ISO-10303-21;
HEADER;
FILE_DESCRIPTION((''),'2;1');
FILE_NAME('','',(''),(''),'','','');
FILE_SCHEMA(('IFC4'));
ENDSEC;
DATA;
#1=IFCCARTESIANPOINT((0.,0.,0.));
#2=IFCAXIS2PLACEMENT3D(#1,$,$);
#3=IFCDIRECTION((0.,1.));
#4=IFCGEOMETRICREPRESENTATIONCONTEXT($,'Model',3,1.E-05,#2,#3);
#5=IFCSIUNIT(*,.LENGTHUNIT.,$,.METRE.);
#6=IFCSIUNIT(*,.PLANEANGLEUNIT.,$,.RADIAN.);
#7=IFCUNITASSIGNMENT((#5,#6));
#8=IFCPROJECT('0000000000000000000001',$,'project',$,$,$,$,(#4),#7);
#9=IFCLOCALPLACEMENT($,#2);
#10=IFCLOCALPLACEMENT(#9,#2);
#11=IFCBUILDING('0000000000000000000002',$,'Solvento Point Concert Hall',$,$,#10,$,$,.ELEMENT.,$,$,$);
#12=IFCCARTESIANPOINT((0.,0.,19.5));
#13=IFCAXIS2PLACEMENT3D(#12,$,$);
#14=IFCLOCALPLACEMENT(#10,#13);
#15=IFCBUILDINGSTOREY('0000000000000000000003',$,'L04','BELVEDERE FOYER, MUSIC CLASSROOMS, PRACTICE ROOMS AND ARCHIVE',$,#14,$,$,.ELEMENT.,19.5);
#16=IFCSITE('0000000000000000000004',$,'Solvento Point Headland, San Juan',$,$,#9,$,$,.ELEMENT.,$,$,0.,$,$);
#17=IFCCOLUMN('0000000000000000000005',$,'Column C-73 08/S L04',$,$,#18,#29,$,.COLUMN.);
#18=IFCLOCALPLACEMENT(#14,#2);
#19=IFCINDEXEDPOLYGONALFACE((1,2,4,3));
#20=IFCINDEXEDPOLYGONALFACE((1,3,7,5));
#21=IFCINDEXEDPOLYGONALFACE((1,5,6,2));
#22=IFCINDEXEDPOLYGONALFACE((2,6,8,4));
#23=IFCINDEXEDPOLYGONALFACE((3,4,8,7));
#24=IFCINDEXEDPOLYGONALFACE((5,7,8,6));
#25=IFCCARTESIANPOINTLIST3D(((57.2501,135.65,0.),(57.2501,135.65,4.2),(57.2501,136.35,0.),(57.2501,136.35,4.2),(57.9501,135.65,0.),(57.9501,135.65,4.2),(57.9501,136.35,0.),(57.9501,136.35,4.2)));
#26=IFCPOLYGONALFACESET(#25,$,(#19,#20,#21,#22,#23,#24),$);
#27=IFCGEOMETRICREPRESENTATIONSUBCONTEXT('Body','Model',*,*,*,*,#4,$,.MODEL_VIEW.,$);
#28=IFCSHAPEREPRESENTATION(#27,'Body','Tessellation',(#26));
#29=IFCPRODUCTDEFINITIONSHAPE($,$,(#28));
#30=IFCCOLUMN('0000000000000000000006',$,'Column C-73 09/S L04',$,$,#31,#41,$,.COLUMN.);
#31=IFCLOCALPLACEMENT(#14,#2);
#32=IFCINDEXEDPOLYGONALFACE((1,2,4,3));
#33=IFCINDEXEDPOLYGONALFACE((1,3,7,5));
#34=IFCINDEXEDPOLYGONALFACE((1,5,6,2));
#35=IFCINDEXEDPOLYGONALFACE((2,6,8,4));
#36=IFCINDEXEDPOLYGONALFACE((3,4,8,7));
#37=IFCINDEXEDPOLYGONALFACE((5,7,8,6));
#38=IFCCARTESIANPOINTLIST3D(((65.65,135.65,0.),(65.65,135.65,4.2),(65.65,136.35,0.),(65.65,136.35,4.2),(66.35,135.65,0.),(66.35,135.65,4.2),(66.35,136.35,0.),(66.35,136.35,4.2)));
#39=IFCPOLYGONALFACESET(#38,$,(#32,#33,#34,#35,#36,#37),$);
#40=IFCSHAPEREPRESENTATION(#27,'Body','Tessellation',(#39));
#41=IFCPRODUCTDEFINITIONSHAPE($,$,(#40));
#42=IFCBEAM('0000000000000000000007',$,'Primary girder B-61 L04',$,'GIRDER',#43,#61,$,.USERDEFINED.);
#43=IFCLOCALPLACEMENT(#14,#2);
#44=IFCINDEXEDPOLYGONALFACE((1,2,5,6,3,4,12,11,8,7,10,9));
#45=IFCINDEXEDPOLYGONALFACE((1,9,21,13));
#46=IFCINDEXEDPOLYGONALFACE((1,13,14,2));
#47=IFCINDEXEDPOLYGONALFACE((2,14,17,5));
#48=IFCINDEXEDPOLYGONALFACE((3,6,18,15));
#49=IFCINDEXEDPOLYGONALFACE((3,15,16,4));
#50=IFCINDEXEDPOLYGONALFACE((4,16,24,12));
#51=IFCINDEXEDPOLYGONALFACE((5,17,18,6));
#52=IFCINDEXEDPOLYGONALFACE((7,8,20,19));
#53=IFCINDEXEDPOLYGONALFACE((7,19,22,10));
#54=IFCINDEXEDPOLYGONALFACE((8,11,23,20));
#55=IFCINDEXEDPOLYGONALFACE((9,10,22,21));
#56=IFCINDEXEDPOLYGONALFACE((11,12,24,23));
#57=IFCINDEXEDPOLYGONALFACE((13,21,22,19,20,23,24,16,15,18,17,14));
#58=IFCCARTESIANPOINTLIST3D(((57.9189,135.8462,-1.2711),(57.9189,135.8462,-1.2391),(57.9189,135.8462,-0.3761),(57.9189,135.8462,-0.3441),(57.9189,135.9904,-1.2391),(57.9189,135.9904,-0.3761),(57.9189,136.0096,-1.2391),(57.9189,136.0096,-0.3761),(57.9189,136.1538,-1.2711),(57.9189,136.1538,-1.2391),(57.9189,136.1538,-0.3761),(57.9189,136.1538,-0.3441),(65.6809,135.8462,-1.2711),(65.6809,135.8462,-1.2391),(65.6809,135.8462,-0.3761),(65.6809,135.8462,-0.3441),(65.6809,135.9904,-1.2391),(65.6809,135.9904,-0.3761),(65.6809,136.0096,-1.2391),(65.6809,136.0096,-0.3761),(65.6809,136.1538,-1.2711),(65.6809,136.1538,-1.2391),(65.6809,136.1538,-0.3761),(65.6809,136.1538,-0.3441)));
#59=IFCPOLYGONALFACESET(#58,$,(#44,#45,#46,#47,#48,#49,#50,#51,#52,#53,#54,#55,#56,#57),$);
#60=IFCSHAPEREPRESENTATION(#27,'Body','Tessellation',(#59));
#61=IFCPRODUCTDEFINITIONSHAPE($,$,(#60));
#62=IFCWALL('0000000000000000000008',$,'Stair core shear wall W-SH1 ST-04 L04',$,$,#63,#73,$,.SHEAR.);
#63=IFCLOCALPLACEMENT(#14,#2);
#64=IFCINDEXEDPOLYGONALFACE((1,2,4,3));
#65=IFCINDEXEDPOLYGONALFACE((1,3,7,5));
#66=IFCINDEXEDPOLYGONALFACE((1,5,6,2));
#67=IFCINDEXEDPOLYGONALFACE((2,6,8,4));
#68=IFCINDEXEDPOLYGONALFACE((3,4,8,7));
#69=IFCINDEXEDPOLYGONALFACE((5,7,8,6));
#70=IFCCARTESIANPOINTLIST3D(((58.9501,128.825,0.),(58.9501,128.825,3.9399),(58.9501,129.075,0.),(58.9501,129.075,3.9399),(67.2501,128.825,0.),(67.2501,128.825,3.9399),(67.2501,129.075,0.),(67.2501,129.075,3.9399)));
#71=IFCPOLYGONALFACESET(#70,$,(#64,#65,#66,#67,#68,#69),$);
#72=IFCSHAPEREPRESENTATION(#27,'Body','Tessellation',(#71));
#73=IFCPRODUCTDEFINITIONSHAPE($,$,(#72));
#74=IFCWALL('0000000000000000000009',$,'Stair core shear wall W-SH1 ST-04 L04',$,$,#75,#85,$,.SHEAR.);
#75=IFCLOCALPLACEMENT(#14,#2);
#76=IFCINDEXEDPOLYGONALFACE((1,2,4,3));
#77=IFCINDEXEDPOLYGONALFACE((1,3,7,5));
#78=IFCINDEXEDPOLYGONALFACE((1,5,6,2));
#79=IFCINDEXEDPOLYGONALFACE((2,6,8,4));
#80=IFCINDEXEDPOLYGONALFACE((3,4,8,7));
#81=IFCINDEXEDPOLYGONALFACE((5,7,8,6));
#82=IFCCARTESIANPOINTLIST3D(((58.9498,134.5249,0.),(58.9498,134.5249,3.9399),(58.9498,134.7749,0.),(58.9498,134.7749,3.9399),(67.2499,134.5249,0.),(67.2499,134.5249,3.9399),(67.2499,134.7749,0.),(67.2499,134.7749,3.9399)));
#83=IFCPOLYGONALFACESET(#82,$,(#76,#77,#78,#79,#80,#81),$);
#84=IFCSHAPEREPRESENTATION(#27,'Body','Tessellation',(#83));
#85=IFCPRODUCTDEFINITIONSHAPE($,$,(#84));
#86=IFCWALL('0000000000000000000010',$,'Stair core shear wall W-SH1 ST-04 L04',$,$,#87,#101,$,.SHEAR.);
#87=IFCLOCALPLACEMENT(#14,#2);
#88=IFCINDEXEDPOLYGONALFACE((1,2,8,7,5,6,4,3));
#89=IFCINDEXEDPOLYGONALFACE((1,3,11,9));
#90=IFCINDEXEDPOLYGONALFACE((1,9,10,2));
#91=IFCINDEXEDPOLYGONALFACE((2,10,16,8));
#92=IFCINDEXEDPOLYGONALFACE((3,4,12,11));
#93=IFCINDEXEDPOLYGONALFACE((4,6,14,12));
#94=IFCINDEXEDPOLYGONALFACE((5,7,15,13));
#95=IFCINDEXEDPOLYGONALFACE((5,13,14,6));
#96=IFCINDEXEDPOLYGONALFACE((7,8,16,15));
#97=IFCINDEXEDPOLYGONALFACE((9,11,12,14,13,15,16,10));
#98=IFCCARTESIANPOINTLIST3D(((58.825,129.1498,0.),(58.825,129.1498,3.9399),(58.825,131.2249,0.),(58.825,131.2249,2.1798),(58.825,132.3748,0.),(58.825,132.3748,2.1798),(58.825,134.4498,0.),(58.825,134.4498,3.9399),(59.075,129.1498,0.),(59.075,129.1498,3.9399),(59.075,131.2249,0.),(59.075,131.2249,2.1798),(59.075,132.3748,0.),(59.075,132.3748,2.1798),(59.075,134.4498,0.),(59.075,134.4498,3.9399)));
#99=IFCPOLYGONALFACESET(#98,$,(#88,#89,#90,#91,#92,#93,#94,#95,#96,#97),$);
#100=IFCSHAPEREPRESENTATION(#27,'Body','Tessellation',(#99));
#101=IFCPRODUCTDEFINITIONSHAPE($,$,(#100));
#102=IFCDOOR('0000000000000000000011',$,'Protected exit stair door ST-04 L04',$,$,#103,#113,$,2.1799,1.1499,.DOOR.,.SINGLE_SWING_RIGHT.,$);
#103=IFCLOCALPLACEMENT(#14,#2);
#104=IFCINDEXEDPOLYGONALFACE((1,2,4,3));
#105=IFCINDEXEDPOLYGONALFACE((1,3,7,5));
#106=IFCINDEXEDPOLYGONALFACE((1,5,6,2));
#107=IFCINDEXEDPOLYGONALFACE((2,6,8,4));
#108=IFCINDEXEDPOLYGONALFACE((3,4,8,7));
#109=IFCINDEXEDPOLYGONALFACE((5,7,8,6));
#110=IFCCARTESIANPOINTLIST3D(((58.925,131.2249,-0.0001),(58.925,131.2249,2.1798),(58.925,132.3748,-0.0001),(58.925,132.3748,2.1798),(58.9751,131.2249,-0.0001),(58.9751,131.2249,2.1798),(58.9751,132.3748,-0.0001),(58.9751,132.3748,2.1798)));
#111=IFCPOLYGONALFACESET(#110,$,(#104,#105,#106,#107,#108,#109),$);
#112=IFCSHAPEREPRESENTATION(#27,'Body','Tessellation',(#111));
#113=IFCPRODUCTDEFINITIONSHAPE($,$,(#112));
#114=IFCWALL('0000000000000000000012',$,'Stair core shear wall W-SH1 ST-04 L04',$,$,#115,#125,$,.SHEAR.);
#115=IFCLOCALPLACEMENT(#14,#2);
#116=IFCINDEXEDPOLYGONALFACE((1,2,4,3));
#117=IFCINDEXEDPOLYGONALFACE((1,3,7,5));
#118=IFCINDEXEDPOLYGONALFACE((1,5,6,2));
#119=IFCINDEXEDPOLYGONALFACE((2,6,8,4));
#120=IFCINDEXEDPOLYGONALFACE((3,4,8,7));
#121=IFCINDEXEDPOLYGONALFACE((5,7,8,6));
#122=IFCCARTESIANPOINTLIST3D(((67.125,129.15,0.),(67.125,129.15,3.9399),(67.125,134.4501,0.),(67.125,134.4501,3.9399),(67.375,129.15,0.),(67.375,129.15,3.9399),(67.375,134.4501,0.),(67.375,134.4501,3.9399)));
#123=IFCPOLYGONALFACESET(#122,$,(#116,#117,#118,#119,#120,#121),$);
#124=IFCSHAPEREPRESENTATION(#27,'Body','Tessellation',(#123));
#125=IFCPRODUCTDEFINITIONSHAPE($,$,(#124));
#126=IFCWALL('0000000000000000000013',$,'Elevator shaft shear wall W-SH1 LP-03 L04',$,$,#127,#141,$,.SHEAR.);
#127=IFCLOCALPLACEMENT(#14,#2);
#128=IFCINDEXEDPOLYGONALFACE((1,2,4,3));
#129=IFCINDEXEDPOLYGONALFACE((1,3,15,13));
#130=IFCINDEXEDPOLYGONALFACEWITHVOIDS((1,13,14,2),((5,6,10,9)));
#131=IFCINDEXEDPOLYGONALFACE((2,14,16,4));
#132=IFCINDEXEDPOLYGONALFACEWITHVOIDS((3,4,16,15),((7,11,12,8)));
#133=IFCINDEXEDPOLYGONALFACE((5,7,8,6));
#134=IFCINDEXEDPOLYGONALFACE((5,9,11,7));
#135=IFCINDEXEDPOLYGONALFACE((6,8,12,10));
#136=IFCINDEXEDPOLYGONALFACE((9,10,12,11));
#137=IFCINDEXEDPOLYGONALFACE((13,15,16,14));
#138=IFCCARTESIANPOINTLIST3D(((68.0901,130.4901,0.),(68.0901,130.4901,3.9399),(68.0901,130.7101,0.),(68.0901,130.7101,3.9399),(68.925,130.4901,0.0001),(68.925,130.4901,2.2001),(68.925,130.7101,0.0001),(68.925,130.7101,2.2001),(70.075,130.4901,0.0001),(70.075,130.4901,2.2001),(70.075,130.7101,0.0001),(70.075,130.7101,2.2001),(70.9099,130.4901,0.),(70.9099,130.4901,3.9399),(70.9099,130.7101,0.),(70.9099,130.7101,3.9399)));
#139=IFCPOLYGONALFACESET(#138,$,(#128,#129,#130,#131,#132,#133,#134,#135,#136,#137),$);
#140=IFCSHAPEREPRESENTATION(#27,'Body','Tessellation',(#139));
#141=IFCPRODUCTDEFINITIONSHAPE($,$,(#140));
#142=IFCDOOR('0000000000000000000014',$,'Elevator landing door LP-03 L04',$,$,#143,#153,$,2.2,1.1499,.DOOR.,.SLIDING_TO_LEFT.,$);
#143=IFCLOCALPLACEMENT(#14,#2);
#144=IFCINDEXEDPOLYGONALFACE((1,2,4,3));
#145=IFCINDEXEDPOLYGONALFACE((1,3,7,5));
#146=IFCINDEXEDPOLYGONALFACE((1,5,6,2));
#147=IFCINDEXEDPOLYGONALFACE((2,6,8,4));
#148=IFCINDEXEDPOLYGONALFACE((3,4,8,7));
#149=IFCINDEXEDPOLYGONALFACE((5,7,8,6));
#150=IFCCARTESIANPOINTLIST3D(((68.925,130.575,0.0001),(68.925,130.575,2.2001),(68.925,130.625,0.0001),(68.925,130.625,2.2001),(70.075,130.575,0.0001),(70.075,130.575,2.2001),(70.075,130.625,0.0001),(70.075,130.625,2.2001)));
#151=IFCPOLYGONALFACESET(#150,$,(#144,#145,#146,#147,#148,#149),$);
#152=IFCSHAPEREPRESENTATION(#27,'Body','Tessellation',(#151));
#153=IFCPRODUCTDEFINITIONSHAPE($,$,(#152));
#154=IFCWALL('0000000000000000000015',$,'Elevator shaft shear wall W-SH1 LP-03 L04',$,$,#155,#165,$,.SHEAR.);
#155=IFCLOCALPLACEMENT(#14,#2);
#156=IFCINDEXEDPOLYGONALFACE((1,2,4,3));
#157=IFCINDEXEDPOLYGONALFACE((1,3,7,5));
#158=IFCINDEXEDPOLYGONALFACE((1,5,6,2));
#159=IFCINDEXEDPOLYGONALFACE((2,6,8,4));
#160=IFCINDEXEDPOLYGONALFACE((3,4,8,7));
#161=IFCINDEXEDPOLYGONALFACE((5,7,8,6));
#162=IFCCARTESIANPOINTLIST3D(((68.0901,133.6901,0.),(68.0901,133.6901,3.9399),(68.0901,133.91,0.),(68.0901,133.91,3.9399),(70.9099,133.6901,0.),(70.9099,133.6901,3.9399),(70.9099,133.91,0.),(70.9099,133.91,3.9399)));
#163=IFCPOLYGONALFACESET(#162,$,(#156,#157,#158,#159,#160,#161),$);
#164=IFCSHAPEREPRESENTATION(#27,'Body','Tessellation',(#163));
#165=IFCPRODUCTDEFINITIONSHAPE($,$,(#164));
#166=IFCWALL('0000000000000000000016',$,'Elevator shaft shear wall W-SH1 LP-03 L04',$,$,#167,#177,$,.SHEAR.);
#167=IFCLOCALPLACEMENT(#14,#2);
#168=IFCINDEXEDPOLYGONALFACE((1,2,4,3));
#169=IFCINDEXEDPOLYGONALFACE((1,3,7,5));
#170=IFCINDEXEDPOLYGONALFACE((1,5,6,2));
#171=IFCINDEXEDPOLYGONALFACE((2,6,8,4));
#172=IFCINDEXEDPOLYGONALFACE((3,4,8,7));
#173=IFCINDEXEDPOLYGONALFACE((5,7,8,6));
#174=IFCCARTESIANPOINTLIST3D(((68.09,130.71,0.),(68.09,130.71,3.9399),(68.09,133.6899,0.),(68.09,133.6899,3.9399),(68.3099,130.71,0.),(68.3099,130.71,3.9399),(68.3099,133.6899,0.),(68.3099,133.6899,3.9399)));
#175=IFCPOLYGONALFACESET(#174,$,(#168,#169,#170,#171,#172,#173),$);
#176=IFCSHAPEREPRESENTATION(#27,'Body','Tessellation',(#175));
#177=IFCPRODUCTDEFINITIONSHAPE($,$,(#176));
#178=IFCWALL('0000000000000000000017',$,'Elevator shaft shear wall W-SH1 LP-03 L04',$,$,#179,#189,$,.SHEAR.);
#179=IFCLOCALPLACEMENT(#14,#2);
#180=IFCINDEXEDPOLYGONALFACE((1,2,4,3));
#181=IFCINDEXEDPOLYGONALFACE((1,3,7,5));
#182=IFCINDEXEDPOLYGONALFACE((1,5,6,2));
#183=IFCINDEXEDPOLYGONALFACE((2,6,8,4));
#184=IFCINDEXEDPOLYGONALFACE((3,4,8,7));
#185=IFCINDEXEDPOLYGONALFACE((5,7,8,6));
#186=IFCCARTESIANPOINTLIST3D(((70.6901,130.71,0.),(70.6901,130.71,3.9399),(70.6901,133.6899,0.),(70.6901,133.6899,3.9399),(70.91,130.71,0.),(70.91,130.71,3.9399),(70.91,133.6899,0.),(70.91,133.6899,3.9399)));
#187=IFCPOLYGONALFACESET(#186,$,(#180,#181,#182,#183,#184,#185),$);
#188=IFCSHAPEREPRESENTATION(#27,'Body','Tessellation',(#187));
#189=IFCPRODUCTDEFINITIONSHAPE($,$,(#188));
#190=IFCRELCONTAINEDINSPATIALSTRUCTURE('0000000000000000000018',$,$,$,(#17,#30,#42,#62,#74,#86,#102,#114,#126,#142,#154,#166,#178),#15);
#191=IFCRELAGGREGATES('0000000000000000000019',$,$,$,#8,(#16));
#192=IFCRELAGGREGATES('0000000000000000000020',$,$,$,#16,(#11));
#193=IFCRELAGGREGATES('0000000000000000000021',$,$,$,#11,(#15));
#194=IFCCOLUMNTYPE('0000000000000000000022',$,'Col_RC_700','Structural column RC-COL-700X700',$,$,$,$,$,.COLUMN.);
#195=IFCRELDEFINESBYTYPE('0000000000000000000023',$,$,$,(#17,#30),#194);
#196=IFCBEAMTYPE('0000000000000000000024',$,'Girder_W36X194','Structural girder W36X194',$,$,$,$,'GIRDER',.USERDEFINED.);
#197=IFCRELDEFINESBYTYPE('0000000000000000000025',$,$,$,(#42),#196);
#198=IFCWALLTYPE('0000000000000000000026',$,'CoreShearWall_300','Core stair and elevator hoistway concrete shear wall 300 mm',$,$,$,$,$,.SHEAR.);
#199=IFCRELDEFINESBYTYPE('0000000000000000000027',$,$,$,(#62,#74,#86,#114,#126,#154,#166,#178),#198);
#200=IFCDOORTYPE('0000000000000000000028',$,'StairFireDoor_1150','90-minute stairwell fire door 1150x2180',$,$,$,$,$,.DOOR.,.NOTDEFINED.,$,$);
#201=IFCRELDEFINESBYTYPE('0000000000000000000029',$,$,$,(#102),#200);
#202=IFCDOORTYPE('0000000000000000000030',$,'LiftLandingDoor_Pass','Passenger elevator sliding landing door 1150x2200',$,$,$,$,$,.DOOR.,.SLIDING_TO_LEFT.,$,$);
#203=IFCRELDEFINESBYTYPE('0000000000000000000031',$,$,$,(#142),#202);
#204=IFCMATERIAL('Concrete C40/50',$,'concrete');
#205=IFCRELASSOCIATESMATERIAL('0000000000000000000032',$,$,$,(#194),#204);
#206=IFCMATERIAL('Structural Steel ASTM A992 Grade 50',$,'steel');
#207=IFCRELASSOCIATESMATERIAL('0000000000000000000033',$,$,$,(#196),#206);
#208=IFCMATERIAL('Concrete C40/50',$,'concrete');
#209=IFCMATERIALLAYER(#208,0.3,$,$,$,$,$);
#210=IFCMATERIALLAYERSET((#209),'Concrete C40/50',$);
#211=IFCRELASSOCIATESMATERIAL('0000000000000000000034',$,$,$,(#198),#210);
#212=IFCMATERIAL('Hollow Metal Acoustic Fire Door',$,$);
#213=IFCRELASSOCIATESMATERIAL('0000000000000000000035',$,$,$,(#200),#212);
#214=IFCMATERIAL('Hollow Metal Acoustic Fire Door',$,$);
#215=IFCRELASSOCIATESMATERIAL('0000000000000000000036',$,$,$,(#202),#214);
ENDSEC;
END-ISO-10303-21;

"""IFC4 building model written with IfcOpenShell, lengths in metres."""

from ifc_helpers import new_model, si_unit, direction, frame, frame_2d, origin, origin_2d, place, context, subcontext, project, spatial, rectangle, i_section, extrude, material, layer, layer_set, material_profile, profile_set, type_object, element, fill, save


model = new_model("IFC4")

# Units and contexts
model_context = context("Model", 3, precision=1e-05, world=origin(), true_north=direction((0.0, 1.0)))
body_context = subcontext(model_context, "Body", "Model", "MODEL_VIEW")
ifc_project = project(units=[si_unit("LENGTHUNIT", "METRE"), si_unit("PLANEANGLEUNIT", "RADIAN")], contexts=[model_context])

# Site, building, storey
site_placement = place(None, origin())
site = spatial("IfcSite", under=ifc_project, at=site_placement, Name="Solvento Point Headland, San Juan", CompositionType="ELEMENT", RefElevation=0.0)
building_placement = place(site_placement, origin())
building = spatial("IfcBuilding", under=site, at=building_placement, Name="Solvento Point Concert Hall", CompositionType="ELEMENT")
storey_placement = place(building_placement, frame((0.0, 0.0, 19.5)))
storey = spatial("IfcBuildingStorey", under=building, at=storey_placement, Name="L04", Description="BELVEDERE FOYER, MUSIC CLASSROOMS, PRACTICE ROOMS AND ARCHIVE", CompositionType="ELEMENT", Elevation=19.5)

# Columns
ifc_material_1 = material(Name="Concrete C40/50", Category="concrete")
ifc_material_profile_1 = material_profile(ifc_material_1, rectangle(XDim=0.7, YDim=0.7, at=origin_2d()), Name="RC-COL-700X700")
ifc_profile_set_1 = profile_set([ifc_material_profile_1], Name="Concrete C40/50")
column_type = type_object("IfcColumnType", Name="Col_RC_700", Description="Structural column RC-COL-700X700", PredefinedType="COLUMN", material=ifc_profile_set_1)
for number, where, z_axis, x_axis, name in (
    (1, (57.6001, 136.0, 0.0), (0.0, 0.0, 1.0), (1.0, 0.0, 0.0), "Column C-73 08/S L04"),
    (2, (66.0, 136.0, 0.0), (0.0, 0.0, 1.0), (1.0, 0.0, 0.0), "Column C-73 09/S L04"),
):
    element("IfcColumn", number, at=place(storey_placement, frame(where, z_axis=z_axis, x_axis=x_axis)), inside=storey, type_object=column_type, Name=name, PredefinedType="COLUMN", context=body_context, shape_type="SweptSolid", body=[
        extrude(rectangle(XDim=0.7, YDim=0.7, at=origin_2d()), origin(), (0.0, 0.0, 1.0), 4.2),
    ])

# Beam
ifc_material_2 = material(Name="Structural Steel ASTM A992 Grade 50", Category="steel")
ifc_material_profile_2 = material_profile(ifc_material_2, i_section(OverallWidth=0.3076, OverallDepth=0.927, WebThickness=0.0193, FlangeThickness=0.032, at=origin_2d()), Name="W36X194")
ifc_profile_set_2 = profile_set([ifc_material_profile_2], Name="Structural Steel ASTM A992 Grade 50")
beam_type = type_object("IfcBeamType", Name="Girder_W36X194", Description="Structural girder W36X194", ElementType="GIRDER", PredefinedType="USERDEFINED", material=ifc_profile_set_2)
beam_placement = place(storey_placement, frame((57.9189, 136.0, -0.8076), z_axis=(1.0, 0.0, 0.0), x_axis=(0.0, 1.0, 0.0)))
element("IfcBeam", 3, at=beam_placement, inside=storey, type_object=beam_type, Name="Primary girder B-61 L04", ObjectType="GIRDER", PredefinedType="USERDEFINED", context=body_context, shape_type="SweptSolid", body=[
    extrude(i_section(OverallWidth=0.3076, OverallDepth=0.927, WebThickness=0.0193, FlangeThickness=0.032, at=origin_2d()), origin(), (0.0, 0.0, 1.0), 7.762),
])

# Walls
ifc_material_3 = material(Name="Concrete C40/50", Category="concrete")
ifc_layer_1 = layer(ifc_material_3, 0.3)
ifc_layer_set_1 = layer_set([ifc_layer_1], Name="Concrete C40/50")
wall_type_1 = type_object("IfcWallType", Name="CoreShearWall_300", Description="Core stair and elevator hoistway concrete shear wall 300 mm", PredefinedType="SHEAR", material=ifc_layer_set_1)
for number, where, z_axis, x_axis, name in (
    (4, (67.25, 128.95, 0.0), (0.0, 0.0, 1.0), (-1.0, 0.0, 0.0), "Stair core shear wall W-SH1 ST-04 L04"),
    (5, (58.95, 134.6499, 0.0), (0.0, 0.0, 1.0), (1.0, 0.0, 0.0), "Stair core shear wall W-SH1 ST-04 L04"),
):
    element("IfcWall", number, at=place(storey_placement, frame(where, z_axis=z_axis, x_axis=x_axis)), inside=storey, type_object=wall_type_1, Name=name, PredefinedType="SHEAR", context=body_context, shape_type="SweptSolid", body=[
        extrude(rectangle(XDim=8.3, YDim=0.25, at=frame_2d((4.1499, 0.0))), origin(), (0.0, 0.0, 1.0), 3.9399),
    ])

# Wall, opening, door
wall_1_placement = place(storey_placement, frame((58.95, 129.1499, 0.0), z_axis=(0.0, 0.0, 1.0), x_axis=(0.0, 1.0, 0.0)))
wall_1 = element("IfcWall", 6, at=wall_1_placement, inside=storey, type_object=wall_type_1, Name="Stair core shear wall W-SH1 ST-04 L04", PredefinedType="SHEAR", context=body_context, shape_type="SweptSolid", body=[
    extrude(rectangle(XDim=5.3, YDim=0.25, at=frame_2d((2.6499, 0.0))), origin(), (0.0, 0.0, 1.0), 3.9399),
])
opening_1_placement = place(wall_1_placement, frame((2.075, 0.0, 0.0)))
opening_1 = element("IfcOpeningElement", 7, at=opening_1_placement, cuts=wall_1, PredefinedType="OPENING", context=body_context, shape_type="SweptSolid", body=[
    extrude(rectangle(XDim=1.1499, YDim=2.1799, at=frame_2d((0.575, 1.0898))), frame((0.0, 0.135, 0.0), z_axis=(0.0, -1.0, 0.0), x_axis=(1.0, 0.0, 0.0)), (0.0, 0.0, 1.0), 0.27),
])
ifc_material_4 = material(Name="Hollow Metal Acoustic Fire Door")
door_type_1 = type_object("IfcDoorType", Name="StairFireDoor_1150", Description="90-minute stairwell fire door 1150x2180", OperationType="NOTDEFINED", PredefinedType="DOOR", material=ifc_material_4)
door_1_placement = place(opening_1_placement, origin())
door_1 = element("IfcDoor", 8, at=door_1_placement, inside=storey, type_object=door_type_1, Name="Protected exit stair door ST-04 L04", OperationType="SINGLE_SWING_RIGHT", OverallHeight=2.1799, OverallWidth=1.1499, PredefinedType="DOOR", context=body_context, shape_type="SweptSolid", body=[
    extrude(rectangle(XDim=1.1499, YDim=2.1799, at=frame_2d((0.575, 1.0898))), frame((0.0, 0.0249, 0.0), z_axis=(0.0, -1.0, 0.0), x_axis=(1.0, 0.0, 0.0)), (0.0, 0.0, 1.0), 0.05),
])
fill(opening_1, door_1)

# Wall
wall_2_placement = place(storey_placement, frame((67.25, 134.45, 0.0), z_axis=(0.0, 0.0, 1.0), x_axis=(0.0, -1.0, 0.0)))
element("IfcWall", 9, at=wall_2_placement, inside=storey, type_object=wall_type_1, Name="Stair core shear wall W-SH1 ST-04 L04", PredefinedType="SHEAR", context=body_context, shape_type="SweptSolid", body=[
    extrude(rectangle(XDim=5.3, YDim=0.25, at=frame_2d((2.6499, 0.0))), origin(), (0.0, 0.0, 1.0), 3.9399),
])

# Wall, opening, door
wall_3_placement = place(storey_placement, frame((68.0901, 130.6001, 0.0), z_axis=(0.0, 0.0, 1.0), x_axis=(1.0, 0.0, 0.0)))
wall_3 = element("IfcWall", 10, at=wall_3_placement, inside=storey, type_object=wall_type_1, Name="Elevator shaft shear wall W-SH1 LP-03 L04", PredefinedType="SHEAR", context=body_context, shape_type="SweptSolid", body=[
    extrude(rectangle(XDim=2.8198, YDim=0.22, at=frame_2d((1.4099, 0.0))), origin(), (0.0, 0.0, 1.0), 3.9399),
])
opening_2_placement = place(wall_3_placement, frame((0.835, 0.0, 0.0)))
opening_2 = element("IfcOpeningElement", 11, at=opening_2_placement, cuts=wall_3, PredefinedType="OPENING", context=body_context, shape_type="SweptSolid", body=[
    extrude(rectangle(XDim=1.1499, YDim=2.2, at=frame_2d((0.575, 1.1001))), frame((0.0, 0.1199, 0.0), z_axis=(0.0, -1.0, 0.0), x_axis=(1.0, 0.0, 0.0)), (0.0, 0.0, 1.0), 0.24),
])
ifc_material_5 = material(Name="Hollow Metal Acoustic Fire Door")
door_type_2 = type_object("IfcDoorType", Name="LiftLandingDoor_Pass", Description="Passenger elevator sliding landing door 1150x2200", OperationType="SLIDING_TO_LEFT", PredefinedType="DOOR", material=ifc_material_5)
door_2_placement = place(opening_2_placement, origin())
door_2 = element("IfcDoor", 12, at=door_2_placement, inside=storey, type_object=door_type_2, Name="Elevator landing door LP-03 L04", OperationType="SLIDING_TO_LEFT", OverallHeight=2.2, OverallWidth=1.1499, PredefinedType="DOOR", context=body_context, shape_type="SweptSolid", body=[
    extrude(rectangle(XDim=1.1499, YDim=2.2, at=frame_2d((0.575, 1.1001))), frame((0.0, 0.0249, 0.0), z_axis=(0.0, -1.0, 0.0), x_axis=(1.0, 0.0, 0.0)), (0.0, 0.0, 1.0), 0.05),
])
fill(opening_2, door_2)

# Walls
wall_4_placement = place(storey_placement, frame((68.0901, 133.8, 0.0), z_axis=(0.0, 0.0, 1.0), x_axis=(1.0, 0.0, 0.0)))
element("IfcWall", 13, at=wall_4_placement, inside=storey, type_object=wall_type_1, Name="Elevator shaft shear wall W-SH1 LP-03 L04", PredefinedType="SHEAR", context=body_context, shape_type="SweptSolid", body=[
    extrude(rectangle(XDim=2.8198, YDim=0.22, at=frame_2d((1.4099, 0.0))), origin(), (0.0, 0.0, 1.0), 3.9399),
])
for number, where, z_axis, x_axis, name in (
    (14, (68.2, 130.71, 0.0), (0.0, 0.0, 1.0), (0.0, 1.0, 0.0), "Elevator shaft shear wall W-SH1 LP-03 L04"),
    (15, (70.8, 130.71, 0.0), (0.0, 0.0, 1.0), (0.0, 1.0, 0.0), "Elevator shaft shear wall W-SH1 LP-03 L04"),
):
    element("IfcWall", number, at=place(storey_placement, frame(where, z_axis=z_axis, x_axis=x_axis)), inside=storey, type_object=wall_type_1, Name=name, PredefinedType="SHEAR", context=body_context, shape_type="SweptSolid", body=[
        extrude(rectangle(XDim=2.98, YDim=0.22, at=frame_2d((1.49, 0.0))), origin(), (0.0, 0.0, 1.0), 3.9399),
    ])

save(model, "model.ifc")
